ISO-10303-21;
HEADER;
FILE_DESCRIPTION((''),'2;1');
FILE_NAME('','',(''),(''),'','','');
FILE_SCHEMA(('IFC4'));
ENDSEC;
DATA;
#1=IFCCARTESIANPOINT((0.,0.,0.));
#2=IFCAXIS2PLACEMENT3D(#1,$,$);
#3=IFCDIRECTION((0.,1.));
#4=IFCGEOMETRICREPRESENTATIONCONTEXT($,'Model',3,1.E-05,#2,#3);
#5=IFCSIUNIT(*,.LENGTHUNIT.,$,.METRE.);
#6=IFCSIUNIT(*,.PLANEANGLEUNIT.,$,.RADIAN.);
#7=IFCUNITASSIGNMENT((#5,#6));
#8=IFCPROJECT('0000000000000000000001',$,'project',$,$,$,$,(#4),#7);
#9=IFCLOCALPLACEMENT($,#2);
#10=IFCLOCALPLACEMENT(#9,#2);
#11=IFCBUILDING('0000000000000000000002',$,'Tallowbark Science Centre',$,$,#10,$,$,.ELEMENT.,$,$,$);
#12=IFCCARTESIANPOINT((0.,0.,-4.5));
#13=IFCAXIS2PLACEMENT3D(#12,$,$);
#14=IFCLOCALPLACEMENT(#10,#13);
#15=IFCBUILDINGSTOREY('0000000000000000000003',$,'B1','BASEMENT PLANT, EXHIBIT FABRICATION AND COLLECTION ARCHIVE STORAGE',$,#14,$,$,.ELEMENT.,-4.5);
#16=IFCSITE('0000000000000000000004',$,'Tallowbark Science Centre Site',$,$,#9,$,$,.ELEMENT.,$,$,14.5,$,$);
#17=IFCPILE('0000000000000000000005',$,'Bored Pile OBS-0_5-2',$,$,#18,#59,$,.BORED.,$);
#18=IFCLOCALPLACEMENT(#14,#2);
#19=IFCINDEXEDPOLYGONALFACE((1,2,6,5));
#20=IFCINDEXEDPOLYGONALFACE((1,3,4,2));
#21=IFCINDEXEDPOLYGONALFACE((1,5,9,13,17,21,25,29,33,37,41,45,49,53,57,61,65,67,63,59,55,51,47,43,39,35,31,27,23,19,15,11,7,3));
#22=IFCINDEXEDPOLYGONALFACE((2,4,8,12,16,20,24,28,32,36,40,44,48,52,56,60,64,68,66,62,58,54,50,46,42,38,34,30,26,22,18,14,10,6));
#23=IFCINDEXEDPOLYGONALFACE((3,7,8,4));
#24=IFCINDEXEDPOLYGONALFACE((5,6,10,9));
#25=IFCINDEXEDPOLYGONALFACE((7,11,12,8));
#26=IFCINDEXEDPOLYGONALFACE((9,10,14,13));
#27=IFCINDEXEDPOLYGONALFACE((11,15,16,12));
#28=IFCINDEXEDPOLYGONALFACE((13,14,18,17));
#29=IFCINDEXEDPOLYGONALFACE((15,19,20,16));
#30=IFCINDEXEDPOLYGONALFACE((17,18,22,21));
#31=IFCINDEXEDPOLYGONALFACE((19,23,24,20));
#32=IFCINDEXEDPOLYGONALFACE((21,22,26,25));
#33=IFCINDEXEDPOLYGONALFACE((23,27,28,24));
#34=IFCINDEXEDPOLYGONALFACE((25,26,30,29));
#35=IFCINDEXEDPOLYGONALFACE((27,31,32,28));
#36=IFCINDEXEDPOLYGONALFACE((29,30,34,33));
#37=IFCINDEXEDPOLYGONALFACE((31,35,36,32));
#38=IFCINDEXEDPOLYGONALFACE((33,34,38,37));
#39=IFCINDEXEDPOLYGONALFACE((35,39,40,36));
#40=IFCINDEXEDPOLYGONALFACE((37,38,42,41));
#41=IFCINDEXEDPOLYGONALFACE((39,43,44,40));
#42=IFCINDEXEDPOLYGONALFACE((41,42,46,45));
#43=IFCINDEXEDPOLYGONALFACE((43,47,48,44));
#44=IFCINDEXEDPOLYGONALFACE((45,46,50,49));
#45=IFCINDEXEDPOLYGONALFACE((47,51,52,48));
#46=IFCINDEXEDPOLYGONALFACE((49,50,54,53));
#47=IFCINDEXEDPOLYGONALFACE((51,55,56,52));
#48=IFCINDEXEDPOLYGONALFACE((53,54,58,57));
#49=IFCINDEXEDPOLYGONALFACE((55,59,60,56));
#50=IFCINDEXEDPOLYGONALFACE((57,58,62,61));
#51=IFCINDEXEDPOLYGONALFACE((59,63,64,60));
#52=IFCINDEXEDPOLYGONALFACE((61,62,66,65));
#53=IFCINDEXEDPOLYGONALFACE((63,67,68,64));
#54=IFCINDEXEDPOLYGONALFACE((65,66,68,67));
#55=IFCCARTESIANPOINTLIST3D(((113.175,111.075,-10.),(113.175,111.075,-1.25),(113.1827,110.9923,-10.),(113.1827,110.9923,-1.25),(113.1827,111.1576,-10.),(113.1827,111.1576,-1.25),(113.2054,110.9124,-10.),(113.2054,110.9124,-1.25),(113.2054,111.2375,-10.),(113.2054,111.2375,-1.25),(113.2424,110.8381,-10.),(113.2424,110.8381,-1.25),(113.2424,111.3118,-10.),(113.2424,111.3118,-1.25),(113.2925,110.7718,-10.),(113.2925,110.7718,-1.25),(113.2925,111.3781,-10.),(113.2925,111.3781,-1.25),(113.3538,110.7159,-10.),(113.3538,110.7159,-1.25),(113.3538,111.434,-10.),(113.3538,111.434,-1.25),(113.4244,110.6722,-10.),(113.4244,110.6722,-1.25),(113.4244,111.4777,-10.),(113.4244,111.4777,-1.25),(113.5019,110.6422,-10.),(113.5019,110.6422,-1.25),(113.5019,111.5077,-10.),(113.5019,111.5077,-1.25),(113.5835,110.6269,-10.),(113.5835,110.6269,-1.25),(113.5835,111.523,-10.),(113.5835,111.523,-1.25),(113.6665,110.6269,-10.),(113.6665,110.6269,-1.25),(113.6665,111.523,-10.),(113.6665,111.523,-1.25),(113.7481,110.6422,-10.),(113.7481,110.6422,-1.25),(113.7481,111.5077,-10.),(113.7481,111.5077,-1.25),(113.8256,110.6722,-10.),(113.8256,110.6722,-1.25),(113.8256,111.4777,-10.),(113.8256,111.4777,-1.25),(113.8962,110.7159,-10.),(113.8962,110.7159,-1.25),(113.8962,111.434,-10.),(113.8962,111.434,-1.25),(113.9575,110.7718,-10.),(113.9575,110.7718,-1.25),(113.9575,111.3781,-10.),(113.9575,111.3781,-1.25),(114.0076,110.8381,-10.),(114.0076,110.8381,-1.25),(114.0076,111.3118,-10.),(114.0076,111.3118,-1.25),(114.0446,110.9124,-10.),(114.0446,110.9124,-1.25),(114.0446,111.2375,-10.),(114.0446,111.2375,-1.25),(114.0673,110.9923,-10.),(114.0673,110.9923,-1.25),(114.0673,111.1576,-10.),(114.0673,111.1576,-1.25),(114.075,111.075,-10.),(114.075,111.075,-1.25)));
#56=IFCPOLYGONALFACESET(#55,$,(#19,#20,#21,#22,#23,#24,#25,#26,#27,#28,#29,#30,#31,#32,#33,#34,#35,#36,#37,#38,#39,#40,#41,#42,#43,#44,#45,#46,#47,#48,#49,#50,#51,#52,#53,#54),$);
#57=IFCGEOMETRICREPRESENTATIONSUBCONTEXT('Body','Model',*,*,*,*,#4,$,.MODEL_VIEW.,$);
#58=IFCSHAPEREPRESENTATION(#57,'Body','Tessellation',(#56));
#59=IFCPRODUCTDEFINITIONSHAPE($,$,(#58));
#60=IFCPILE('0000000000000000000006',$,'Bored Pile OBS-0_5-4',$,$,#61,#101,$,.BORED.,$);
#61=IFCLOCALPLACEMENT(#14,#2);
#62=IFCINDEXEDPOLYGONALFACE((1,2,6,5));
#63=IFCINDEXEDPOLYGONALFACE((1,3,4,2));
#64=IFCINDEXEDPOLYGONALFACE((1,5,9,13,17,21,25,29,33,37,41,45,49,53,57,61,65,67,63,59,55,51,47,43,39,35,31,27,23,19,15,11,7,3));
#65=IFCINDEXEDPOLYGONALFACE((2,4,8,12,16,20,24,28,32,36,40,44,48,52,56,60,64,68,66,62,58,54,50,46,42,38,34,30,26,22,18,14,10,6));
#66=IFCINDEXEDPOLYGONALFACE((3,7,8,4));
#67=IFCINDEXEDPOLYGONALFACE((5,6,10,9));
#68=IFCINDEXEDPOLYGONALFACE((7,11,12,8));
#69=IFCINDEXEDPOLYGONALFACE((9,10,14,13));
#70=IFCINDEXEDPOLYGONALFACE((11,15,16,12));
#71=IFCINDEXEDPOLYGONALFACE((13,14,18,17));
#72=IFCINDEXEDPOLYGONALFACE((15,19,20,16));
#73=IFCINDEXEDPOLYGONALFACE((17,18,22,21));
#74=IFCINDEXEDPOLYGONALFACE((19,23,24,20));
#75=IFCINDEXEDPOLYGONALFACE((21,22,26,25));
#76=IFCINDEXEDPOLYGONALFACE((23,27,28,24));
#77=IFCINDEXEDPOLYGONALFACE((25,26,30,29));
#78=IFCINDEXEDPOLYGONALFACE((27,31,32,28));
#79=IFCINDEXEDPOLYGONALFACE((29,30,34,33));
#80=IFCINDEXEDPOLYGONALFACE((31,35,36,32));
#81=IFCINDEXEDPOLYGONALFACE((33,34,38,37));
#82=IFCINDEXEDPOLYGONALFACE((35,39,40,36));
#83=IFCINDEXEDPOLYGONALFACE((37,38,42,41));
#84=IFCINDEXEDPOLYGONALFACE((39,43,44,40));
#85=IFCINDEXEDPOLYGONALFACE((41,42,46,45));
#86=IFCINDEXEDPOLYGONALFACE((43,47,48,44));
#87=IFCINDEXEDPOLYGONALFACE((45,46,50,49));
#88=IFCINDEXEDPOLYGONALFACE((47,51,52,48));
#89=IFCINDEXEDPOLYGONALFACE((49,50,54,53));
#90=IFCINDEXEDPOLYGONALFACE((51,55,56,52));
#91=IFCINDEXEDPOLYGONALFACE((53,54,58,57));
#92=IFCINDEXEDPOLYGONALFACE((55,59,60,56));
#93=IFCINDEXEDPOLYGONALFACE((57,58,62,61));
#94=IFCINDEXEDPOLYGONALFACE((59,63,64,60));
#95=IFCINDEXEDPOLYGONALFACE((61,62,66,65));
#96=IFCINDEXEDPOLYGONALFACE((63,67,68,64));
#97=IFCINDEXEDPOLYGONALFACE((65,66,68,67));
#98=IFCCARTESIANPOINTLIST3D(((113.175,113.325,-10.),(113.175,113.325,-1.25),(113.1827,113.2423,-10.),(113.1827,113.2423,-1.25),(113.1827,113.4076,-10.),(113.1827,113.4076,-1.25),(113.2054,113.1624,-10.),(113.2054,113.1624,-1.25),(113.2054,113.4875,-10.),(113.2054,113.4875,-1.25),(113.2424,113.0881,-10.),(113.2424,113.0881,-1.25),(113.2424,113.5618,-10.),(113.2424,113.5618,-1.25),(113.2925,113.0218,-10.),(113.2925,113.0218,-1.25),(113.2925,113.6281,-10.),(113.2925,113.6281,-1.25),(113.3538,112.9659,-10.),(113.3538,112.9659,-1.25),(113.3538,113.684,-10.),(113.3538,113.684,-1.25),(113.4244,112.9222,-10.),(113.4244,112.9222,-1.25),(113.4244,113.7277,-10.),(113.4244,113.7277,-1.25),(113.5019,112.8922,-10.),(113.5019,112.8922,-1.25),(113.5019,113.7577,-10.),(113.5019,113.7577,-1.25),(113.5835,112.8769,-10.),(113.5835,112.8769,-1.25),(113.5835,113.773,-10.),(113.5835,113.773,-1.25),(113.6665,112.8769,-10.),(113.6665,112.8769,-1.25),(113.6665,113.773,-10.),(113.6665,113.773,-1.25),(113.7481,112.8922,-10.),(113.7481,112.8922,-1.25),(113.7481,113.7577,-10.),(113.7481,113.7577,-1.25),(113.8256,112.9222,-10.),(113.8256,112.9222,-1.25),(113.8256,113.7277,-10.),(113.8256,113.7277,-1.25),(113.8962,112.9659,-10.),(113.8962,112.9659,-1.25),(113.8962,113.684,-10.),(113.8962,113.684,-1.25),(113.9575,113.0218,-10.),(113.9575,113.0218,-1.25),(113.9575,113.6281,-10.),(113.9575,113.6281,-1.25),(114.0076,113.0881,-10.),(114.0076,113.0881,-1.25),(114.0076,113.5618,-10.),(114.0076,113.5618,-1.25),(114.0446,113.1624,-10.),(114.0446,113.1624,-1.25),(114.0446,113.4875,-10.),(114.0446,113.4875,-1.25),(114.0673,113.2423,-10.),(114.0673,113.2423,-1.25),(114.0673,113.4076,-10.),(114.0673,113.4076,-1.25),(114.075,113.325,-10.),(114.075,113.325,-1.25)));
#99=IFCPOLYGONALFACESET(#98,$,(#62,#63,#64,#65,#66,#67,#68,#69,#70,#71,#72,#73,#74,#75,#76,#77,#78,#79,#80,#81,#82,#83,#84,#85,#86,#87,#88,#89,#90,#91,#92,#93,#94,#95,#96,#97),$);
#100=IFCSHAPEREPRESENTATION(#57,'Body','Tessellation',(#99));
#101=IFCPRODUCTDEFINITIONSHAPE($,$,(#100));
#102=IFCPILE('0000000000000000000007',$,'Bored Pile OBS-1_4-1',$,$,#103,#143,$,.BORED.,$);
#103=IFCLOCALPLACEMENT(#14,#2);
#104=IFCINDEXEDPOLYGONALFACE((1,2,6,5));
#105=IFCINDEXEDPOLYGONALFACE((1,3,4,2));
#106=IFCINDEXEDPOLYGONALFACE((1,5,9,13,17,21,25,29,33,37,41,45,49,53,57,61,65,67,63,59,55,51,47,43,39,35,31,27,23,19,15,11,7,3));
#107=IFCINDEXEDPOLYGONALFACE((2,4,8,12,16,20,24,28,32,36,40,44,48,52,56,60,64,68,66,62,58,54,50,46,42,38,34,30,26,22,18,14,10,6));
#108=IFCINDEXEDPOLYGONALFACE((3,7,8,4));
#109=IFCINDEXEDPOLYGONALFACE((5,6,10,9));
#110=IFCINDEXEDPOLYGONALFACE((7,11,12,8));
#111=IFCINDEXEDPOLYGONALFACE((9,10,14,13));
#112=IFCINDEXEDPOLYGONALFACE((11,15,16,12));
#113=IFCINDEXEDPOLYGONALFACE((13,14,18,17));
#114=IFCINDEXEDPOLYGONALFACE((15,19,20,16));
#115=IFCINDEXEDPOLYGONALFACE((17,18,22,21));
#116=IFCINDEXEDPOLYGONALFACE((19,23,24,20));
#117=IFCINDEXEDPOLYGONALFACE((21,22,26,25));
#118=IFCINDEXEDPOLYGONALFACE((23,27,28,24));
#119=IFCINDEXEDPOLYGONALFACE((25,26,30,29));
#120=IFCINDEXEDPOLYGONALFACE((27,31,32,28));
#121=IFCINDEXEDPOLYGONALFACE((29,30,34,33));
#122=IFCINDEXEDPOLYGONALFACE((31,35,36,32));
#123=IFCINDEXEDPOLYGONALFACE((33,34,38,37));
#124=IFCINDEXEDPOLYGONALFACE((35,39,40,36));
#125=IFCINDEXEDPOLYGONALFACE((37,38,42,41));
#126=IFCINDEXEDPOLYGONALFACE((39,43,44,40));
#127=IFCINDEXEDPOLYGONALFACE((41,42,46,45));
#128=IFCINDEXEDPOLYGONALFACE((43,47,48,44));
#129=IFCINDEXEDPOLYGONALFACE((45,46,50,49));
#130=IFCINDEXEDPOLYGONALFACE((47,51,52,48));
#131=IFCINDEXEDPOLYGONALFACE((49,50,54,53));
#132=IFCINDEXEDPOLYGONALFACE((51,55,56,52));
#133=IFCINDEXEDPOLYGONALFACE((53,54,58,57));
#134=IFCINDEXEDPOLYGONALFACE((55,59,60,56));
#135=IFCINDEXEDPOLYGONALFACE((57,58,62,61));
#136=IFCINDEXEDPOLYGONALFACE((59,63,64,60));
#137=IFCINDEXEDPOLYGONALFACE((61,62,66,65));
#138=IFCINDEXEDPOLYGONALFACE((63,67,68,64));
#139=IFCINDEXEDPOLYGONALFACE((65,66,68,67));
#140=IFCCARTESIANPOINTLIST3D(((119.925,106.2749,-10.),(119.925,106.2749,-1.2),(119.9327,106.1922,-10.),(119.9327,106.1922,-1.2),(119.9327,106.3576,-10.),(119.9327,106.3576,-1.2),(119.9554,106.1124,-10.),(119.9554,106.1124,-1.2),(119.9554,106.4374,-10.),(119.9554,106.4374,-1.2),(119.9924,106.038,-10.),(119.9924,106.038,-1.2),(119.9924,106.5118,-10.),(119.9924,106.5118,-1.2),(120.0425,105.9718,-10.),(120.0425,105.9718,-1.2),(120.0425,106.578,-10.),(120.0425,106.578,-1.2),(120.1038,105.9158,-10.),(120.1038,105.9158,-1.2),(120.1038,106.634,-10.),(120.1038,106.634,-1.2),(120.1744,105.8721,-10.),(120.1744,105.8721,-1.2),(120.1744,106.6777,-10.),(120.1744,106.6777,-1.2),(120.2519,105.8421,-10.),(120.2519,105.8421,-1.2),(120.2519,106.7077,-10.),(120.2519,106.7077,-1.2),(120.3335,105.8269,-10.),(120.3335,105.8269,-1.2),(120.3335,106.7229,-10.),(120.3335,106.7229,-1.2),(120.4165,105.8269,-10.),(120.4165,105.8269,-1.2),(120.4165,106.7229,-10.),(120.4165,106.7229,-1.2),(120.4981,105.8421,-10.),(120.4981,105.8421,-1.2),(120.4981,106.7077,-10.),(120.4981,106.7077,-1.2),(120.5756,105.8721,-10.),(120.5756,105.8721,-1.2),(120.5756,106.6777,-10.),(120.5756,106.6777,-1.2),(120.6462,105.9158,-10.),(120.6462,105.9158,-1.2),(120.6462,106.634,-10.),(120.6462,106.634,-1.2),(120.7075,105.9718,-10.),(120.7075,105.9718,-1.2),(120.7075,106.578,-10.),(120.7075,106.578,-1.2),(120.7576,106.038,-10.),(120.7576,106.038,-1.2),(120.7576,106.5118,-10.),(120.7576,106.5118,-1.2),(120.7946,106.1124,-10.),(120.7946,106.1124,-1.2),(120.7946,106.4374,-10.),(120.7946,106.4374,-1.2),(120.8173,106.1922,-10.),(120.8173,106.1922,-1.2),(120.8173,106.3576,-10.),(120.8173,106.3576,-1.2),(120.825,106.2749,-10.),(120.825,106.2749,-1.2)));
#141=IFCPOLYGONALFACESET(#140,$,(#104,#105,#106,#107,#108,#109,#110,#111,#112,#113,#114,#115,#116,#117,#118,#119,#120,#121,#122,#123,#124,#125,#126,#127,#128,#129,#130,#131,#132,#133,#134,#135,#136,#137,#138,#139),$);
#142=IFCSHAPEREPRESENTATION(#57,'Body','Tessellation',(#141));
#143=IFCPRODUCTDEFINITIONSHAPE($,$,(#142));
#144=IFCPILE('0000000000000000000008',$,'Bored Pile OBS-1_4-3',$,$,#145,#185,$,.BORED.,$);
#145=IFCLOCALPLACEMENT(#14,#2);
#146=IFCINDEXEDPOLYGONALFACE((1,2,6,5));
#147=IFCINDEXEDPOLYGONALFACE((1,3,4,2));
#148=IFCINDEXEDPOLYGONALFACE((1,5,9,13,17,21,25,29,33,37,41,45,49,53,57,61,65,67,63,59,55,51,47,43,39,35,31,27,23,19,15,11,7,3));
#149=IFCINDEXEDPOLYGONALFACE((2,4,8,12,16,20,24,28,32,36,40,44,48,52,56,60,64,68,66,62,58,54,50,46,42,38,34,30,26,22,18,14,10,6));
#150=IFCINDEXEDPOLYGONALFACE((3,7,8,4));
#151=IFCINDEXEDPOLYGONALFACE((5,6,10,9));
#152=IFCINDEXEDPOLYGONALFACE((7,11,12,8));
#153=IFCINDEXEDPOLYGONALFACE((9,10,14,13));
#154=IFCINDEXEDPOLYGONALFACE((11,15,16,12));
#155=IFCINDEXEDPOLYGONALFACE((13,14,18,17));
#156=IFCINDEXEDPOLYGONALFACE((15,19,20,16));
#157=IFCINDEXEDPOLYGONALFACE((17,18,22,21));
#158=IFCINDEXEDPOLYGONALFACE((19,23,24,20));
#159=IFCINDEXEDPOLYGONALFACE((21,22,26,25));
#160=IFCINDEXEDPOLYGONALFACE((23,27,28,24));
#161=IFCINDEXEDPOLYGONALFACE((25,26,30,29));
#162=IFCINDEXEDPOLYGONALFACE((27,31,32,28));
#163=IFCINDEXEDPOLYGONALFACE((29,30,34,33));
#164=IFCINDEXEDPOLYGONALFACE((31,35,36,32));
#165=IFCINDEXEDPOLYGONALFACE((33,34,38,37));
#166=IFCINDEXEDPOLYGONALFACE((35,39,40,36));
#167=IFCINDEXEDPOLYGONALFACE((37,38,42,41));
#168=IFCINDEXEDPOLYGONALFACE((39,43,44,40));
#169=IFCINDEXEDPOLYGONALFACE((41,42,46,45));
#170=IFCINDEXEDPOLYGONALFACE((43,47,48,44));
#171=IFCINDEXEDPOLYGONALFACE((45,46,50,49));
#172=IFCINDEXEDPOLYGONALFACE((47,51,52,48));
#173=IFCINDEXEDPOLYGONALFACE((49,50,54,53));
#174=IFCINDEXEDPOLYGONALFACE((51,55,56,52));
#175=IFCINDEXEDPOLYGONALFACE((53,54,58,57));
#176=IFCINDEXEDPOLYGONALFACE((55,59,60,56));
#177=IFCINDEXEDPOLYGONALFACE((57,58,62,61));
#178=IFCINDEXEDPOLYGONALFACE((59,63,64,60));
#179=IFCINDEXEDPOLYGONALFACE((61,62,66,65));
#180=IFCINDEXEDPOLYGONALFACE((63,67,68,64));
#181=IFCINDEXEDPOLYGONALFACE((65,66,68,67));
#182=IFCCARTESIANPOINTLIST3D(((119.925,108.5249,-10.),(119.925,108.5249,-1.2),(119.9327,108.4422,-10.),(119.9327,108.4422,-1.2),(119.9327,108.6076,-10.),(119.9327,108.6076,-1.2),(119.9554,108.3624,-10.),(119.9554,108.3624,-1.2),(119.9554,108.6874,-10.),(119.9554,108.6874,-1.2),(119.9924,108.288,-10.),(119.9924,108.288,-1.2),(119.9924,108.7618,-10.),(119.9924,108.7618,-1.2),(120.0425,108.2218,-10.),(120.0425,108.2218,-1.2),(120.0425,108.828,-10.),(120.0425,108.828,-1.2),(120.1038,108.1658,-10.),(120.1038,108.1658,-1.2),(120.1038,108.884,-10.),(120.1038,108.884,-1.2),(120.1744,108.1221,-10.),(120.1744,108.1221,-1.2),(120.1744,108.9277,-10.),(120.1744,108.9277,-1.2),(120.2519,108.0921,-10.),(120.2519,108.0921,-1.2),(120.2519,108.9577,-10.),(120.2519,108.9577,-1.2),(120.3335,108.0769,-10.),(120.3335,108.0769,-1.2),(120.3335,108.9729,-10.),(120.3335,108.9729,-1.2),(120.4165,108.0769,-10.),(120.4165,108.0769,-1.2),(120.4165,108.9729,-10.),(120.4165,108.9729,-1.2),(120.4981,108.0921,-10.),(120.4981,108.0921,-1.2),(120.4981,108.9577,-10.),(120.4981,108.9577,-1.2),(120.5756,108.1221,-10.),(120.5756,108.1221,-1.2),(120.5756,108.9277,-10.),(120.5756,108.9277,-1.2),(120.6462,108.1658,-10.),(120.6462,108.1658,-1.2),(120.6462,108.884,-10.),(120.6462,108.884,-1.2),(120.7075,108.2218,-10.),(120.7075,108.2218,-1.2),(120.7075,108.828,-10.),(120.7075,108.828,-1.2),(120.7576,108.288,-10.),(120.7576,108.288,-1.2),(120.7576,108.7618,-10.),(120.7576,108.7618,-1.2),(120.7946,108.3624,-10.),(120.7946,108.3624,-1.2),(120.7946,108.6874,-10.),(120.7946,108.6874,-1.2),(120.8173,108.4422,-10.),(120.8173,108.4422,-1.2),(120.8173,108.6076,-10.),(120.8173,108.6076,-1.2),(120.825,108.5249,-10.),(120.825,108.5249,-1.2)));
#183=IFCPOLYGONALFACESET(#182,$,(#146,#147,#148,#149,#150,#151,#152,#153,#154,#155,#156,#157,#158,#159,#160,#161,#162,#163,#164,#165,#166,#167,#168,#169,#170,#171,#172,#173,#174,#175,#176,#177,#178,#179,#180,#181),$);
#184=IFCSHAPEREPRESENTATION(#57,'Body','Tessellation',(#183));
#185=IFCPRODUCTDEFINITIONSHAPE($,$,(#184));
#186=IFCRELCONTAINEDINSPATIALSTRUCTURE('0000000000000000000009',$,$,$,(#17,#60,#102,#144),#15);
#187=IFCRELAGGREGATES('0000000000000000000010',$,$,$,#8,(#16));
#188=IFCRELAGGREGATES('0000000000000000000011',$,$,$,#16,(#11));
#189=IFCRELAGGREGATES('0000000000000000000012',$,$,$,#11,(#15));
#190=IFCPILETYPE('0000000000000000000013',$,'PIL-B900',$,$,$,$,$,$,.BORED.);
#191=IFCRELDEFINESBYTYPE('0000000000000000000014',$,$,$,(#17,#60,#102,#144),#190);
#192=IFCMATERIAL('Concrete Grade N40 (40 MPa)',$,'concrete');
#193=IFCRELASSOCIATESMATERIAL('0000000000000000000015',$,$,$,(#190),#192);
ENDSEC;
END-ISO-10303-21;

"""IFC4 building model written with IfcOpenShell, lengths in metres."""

from ifc_helpers import new_model, si_unit, direction, frame, origin, origin_2d, place, context, subcontext, project, spatial, circle, extrude, material, material_profile, profile_set, type_object, element, save


model = new_model("IFC4")

# Units and contexts
model_context = context("Model", 3, precision=1e-05, world=origin(), true_north=direction((0.0, 1.0)))
body_context = subcontext(model_context, "Body", "Model", "MODEL_VIEW")
ifc_project = project(units=[si_unit("LENGTHUNIT", "METRE"), si_unit("PLANEANGLEUNIT", "RADIAN")], contexts=[model_context])

# Site, building, storey
site_placement = place(None, origin())
site = spatial("IfcSite", under=ifc_project, at=site_placement, Name="Tallowbark Science Centre Site", CompositionType="ELEMENT", RefElevation=14.5)
building_placement = place(site_placement, origin())
building = spatial("IfcBuilding", under=site, at=building_placement, Name="Tallowbark Science Centre", CompositionType="ELEMENT")
storey_placement = place(building_placement, frame((0.0, 0.0, -4.5)))
storey = spatial("IfcBuildingStorey", under=building, at=storey_placement, Name="B1", Description="BASEMENT PLANT, EXHIBIT FABRICATION AND COLLECTION ARCHIVE STORAGE", CompositionType="ELEMENT", Elevation=-4.5)

# Shared definitions
ifc_material_1 = material(Name="Concrete Grade N40 (40 MPa)", Category="concrete")

# Piles
ifc_material_profile_1 = material_profile(ifc_material_1, circle(Radius=0.45, at=origin_2d()), Name="PILE900")
ifc_profile_set_1 = profile_set([ifc_material_profile_1], Name="Concrete Grade N40 (40 MPa)")
pile_type_1 = type_object("IfcPileType", Name="PIL-B900", PredefinedType="BORED", material=ifc_profile_set_1)
for number, where, z_axis, x_axis, name in (
    (1, (113.625, 111.075, -1.25), (0.0, 0.0, -1.0), (1.0, 0.0, 0.0), "Bored Pile OBS-0_5-2"),
    (2, (113.625, 113.325, -1.25), (0.0, 0.0, -1.0), (1.0, 0.0, 0.0), "Bored Pile OBS-0_5-4"),
):
    element("IfcPile", number, at=place(storey_placement, frame(where, z_axis=z_axis, x_axis=x_axis)), inside=storey, type_object=pile_type_1, Name=name, PredefinedType="BORED", context=body_context, shape_type="SweptSolid", body=[
        extrude(circle(Radius=0.45, at=origin_2d()), origin(), (0.0, 0.0, 1.0), 8.75),
    ])
for number, where, z_axis, x_axis, name in (
    (3, (120.375, 106.2749, -1.2), (0.0, 0.0, -1.0), (1.0, 0.0, 0.0), "Bored Pile OBS-1_4-1"),
    (4, (120.375, 108.5249, -1.2), (0.0, 0.0, -1.0), (1.0, 0.0, 0.0), "Bored Pile OBS-1_4-3"),
):
    element("IfcPile", number, at=place(storey_placement, frame(where, z_axis=z_axis, x_axis=x_axis)), inside=storey, type_object=pile_type_1, Name=name, PredefinedType="BORED", context=body_context, shape_type="SweptSolid", body=[
        extrude(circle(Radius=0.45, at=origin_2d()), origin(), (0.0, 0.0, 1.0), 8.8),
    ])

save(model, "model.ifc")
